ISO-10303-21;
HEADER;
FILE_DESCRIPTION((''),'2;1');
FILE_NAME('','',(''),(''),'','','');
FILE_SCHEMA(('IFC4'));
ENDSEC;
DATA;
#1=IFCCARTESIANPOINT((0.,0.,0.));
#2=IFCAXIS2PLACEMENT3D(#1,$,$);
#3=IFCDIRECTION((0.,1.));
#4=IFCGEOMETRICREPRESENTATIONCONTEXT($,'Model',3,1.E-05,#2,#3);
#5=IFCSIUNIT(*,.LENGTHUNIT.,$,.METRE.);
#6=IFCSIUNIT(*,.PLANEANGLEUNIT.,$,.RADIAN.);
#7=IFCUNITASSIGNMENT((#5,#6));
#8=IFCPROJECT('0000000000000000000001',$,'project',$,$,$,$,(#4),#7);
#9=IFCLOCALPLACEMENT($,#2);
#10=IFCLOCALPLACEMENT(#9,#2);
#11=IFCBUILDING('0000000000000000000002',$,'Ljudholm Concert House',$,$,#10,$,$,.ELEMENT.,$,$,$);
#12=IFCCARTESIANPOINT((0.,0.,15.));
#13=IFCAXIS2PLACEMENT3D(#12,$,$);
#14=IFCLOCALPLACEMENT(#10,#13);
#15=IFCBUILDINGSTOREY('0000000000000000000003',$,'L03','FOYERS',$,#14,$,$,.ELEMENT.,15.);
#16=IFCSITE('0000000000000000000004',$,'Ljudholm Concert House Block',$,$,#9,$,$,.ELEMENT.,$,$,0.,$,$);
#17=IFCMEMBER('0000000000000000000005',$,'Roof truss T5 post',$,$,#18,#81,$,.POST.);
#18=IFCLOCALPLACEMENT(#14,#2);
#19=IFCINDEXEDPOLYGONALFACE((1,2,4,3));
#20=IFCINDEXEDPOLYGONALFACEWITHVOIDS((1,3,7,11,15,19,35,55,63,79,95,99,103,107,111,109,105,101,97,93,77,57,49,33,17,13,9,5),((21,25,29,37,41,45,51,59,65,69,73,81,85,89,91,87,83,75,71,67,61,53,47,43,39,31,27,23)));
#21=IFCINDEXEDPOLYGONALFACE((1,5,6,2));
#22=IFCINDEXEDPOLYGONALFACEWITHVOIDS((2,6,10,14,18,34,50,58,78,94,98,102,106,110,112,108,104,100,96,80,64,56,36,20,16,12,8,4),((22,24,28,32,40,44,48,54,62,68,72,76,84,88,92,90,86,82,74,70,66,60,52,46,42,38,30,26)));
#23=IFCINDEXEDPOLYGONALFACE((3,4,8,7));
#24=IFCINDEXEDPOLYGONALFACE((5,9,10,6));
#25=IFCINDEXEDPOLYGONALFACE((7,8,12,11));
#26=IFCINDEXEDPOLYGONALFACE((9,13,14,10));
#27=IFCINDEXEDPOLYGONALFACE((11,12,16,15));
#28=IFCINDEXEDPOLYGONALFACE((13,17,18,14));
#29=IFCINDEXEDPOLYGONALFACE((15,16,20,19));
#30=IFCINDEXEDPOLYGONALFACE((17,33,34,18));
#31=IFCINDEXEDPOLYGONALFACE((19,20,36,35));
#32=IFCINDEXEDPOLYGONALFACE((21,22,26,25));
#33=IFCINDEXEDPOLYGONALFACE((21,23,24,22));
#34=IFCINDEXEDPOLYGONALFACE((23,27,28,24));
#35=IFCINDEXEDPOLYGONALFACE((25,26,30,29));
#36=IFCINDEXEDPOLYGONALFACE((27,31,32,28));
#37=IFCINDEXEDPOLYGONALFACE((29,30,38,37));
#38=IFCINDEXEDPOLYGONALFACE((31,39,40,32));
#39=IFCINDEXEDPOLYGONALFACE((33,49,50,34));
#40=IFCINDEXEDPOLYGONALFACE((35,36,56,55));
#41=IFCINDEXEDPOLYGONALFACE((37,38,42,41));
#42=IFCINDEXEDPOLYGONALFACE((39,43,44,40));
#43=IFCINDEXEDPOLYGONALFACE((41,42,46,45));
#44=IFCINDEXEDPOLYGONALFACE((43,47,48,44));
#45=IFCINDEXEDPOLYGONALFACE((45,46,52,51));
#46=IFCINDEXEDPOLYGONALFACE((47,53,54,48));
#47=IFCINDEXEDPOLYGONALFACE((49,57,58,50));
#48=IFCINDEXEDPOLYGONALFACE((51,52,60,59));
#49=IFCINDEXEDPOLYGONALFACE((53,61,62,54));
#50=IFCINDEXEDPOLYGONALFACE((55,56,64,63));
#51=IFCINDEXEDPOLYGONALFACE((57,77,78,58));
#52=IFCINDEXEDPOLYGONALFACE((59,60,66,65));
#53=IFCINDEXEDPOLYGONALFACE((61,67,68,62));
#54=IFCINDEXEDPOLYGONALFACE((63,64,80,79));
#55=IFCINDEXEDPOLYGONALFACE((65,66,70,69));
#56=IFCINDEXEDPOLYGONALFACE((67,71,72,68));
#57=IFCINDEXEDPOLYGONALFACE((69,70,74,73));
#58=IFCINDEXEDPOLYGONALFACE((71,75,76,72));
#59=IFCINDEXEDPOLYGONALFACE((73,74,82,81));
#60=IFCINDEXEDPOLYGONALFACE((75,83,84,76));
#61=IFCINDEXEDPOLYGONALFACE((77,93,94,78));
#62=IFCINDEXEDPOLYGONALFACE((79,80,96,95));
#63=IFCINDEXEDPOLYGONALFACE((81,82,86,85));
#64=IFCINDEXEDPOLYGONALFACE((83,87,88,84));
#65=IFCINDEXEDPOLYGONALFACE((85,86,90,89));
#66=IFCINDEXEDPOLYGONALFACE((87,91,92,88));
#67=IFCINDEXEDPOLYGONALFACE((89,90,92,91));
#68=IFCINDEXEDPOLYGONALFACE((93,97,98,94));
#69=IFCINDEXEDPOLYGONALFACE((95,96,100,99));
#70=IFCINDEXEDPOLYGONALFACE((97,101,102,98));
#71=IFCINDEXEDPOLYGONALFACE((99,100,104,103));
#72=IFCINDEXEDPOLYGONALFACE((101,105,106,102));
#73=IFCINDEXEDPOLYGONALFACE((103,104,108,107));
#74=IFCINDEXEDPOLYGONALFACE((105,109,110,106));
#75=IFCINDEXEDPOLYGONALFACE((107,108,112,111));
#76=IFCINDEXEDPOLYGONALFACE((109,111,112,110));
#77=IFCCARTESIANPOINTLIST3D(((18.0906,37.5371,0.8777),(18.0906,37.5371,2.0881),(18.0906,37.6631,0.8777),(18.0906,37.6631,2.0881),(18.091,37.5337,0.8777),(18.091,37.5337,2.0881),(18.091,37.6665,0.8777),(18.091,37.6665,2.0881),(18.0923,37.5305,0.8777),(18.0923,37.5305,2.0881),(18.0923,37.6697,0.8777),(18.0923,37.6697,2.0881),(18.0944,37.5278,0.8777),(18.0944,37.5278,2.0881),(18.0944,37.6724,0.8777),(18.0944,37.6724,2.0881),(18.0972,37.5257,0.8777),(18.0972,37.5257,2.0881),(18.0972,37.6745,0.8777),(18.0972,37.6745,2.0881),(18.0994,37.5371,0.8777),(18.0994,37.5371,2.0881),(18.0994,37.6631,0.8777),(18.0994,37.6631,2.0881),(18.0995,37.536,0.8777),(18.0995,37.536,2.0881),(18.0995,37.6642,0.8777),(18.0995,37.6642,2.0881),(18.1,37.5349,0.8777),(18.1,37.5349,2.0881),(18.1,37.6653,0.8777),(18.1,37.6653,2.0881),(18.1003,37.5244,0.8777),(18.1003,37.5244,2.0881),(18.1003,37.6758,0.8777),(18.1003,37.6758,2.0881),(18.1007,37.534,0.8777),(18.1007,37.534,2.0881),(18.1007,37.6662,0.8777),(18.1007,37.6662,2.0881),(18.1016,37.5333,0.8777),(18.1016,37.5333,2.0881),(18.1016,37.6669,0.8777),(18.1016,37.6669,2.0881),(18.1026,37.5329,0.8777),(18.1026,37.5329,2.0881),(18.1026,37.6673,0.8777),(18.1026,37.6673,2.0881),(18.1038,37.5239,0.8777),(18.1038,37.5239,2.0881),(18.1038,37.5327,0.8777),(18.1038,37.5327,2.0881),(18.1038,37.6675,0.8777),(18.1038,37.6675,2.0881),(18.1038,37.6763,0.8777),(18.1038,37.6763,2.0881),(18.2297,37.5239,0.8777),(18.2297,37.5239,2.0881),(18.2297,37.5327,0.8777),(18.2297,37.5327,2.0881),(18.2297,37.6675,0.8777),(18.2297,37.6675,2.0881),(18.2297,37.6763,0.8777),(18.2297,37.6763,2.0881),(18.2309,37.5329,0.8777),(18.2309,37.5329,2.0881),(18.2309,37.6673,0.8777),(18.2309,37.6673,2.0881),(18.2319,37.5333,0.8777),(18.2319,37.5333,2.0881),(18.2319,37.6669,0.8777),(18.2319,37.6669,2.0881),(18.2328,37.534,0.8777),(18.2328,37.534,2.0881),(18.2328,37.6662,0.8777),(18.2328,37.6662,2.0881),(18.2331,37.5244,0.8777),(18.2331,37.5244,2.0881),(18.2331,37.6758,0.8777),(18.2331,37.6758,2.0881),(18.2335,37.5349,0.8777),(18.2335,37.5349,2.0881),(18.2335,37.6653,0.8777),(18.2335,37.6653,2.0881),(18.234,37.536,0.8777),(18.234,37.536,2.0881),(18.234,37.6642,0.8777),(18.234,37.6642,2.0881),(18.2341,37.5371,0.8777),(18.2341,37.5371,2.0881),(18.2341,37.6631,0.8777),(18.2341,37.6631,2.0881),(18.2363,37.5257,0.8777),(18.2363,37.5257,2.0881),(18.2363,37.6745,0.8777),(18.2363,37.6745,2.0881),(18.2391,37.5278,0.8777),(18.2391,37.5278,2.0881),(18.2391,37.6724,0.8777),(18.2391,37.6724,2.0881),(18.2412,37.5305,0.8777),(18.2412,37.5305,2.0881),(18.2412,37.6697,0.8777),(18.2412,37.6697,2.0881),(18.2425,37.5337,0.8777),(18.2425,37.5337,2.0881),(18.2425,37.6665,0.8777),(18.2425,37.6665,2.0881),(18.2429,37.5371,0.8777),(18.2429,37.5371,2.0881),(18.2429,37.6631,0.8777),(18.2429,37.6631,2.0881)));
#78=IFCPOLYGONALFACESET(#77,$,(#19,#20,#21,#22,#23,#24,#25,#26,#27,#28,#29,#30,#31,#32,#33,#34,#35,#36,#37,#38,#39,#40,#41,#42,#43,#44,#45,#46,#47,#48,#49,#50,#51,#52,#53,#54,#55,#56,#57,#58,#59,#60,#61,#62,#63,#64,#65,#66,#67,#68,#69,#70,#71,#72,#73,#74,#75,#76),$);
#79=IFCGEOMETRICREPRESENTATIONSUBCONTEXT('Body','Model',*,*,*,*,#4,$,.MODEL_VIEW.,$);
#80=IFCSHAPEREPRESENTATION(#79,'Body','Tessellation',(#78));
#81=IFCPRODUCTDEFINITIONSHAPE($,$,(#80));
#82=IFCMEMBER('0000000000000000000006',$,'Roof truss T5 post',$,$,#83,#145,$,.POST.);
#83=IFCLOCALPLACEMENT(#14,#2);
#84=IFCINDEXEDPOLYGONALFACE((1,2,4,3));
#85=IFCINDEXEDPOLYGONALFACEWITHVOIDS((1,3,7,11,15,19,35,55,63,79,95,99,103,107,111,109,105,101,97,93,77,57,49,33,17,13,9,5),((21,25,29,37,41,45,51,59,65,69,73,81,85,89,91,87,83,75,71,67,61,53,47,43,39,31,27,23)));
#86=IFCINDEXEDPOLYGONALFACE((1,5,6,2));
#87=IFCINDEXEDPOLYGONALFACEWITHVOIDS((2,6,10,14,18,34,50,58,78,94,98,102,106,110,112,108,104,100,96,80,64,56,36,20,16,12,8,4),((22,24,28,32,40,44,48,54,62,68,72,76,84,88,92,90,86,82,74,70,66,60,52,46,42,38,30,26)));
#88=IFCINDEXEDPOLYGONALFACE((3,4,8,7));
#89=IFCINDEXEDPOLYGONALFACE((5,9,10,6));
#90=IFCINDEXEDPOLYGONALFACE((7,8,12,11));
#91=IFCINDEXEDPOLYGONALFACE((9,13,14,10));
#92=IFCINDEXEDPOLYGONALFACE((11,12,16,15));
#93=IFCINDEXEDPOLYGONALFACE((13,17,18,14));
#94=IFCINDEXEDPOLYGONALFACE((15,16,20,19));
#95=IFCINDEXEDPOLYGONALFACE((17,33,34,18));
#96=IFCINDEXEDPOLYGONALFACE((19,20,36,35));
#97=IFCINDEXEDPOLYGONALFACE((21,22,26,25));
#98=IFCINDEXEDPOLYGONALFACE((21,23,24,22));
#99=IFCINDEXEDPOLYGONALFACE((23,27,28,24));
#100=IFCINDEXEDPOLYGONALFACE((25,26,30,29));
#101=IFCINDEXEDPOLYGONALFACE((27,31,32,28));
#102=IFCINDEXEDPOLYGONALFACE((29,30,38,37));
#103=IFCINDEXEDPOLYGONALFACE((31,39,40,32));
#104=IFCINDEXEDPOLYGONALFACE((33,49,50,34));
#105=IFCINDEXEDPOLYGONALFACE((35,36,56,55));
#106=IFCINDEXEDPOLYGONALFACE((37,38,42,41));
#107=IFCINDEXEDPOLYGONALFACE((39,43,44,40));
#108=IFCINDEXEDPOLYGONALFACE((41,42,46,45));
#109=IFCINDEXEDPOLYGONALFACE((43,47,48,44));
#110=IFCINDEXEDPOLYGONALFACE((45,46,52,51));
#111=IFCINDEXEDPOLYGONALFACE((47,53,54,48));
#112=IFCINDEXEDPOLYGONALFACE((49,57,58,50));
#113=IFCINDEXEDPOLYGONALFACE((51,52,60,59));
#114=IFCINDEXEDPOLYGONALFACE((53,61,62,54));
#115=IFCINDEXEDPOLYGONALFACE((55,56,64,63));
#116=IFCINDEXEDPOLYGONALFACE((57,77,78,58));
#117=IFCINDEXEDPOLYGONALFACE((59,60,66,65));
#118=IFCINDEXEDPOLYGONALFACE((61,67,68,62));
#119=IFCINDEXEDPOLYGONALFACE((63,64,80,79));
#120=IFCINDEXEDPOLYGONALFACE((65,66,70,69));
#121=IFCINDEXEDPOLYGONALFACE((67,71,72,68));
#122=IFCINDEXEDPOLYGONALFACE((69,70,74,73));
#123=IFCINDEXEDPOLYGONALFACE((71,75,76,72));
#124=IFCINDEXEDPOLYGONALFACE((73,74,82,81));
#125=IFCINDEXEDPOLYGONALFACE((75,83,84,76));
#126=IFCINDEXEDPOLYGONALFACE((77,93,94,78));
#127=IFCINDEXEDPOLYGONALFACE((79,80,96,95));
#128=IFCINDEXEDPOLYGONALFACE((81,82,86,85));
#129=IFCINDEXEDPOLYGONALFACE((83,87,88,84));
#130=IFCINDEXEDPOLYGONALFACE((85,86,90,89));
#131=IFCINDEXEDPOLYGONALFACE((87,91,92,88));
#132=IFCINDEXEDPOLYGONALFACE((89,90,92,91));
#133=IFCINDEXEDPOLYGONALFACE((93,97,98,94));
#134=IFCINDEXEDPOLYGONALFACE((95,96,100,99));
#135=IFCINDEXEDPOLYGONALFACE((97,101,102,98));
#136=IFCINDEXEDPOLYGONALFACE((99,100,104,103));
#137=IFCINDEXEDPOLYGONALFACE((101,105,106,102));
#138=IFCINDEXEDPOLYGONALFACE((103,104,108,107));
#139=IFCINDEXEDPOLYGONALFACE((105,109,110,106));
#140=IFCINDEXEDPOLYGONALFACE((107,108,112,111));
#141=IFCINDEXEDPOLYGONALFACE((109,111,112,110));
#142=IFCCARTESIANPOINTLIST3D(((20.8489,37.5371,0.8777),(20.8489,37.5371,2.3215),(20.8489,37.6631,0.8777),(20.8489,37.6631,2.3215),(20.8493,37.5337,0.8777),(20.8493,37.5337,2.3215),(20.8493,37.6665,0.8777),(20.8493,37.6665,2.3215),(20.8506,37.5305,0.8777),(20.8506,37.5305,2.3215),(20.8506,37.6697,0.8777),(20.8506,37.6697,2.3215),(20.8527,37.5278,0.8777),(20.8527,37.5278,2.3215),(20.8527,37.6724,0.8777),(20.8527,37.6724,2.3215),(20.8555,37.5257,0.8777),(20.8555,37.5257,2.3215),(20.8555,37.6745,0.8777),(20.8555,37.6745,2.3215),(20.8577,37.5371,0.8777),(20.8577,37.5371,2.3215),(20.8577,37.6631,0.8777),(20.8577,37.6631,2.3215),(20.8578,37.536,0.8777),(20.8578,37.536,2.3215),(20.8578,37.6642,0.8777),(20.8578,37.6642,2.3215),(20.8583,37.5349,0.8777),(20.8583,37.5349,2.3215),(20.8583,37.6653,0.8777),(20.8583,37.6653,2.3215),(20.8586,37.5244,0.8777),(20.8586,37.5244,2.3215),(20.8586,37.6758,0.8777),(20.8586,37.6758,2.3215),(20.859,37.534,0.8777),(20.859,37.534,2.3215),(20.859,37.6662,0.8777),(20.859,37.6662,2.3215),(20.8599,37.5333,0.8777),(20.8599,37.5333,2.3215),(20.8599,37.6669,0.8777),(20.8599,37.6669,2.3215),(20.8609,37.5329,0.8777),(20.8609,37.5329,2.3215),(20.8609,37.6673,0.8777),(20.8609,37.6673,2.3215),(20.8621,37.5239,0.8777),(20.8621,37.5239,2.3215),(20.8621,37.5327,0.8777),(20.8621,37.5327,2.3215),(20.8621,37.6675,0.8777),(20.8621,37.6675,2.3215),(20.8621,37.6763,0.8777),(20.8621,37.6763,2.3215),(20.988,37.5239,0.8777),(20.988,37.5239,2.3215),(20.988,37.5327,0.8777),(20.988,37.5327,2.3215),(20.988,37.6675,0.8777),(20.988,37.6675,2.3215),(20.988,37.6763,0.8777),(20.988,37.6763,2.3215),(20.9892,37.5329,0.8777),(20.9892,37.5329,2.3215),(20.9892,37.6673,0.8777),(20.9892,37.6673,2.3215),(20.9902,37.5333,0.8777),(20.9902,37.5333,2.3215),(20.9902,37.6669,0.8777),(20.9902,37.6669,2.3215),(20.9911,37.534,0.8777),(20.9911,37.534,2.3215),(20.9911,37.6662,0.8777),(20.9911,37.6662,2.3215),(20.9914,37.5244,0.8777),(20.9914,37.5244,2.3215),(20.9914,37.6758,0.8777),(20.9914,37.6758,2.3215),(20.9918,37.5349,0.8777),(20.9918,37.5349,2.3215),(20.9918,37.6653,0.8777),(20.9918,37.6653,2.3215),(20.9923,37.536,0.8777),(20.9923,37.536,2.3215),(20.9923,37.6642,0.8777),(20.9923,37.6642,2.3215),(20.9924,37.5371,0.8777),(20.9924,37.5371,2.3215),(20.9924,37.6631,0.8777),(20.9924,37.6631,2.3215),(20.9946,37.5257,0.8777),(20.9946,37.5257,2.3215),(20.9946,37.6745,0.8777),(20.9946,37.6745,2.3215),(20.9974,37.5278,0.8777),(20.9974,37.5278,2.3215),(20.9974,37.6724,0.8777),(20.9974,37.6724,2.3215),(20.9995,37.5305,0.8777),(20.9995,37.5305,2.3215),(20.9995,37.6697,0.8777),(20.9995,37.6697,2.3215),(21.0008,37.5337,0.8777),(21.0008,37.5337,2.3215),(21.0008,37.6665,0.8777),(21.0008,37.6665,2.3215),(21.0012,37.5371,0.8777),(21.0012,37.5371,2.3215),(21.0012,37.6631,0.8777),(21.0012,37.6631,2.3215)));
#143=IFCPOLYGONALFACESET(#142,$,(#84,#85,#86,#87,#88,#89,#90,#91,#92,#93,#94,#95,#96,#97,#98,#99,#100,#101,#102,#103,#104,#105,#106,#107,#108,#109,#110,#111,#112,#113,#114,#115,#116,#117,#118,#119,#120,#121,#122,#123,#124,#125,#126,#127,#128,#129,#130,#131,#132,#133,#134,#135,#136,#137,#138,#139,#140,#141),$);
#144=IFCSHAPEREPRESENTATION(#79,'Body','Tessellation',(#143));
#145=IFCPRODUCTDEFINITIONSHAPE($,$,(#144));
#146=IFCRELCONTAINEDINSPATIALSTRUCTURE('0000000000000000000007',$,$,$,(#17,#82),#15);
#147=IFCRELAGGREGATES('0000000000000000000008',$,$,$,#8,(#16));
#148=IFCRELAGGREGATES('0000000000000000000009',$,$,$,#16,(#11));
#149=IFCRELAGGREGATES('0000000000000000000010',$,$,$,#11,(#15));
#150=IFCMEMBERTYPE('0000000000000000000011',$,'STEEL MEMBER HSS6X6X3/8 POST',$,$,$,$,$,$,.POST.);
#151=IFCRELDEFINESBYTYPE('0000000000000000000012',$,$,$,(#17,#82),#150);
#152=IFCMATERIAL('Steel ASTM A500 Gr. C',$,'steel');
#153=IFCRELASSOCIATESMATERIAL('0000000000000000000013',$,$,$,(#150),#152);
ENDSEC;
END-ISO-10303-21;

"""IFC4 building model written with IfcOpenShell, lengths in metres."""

from ifc_helpers import new_model, si_unit, direction, frame, origin, origin_2d, place, context, subcontext, project, spatial, hollow_rectangle, extrude, material, material_profile, profile_set, type_object, element, save


model = new_model("IFC4")

# Units and contexts
model_context = context("Model", 3, precision=1e-05, world=origin(), true_north=direction((0.0, 1.0)))
body_context = subcontext(model_context, "Body", "Model", "MODEL_VIEW")
ifc_project = project(units=[si_unit("LENGTHUNIT", "METRE"), si_unit("PLANEANGLEUNIT", "RADIAN")], contexts=[model_context])

# Site, building, storey
site_placement = place(None, origin())
site = spatial("IfcSite", under=ifc_project, at=site_placement, Name="Ljudholm Concert House Block", CompositionType="ELEMENT", RefElevation=0.0)
building_placement = place(site_placement, origin())
building = spatial("IfcBuilding", under=site, at=building_placement, Name="Ljudholm Concert House", CompositionType="ELEMENT")
storey_placement = place(building_placement, frame((0.0, 0.0, 15.0)))
storey = spatial("IfcBuildingStorey", under=building, at=storey_placement, Name="L03", Description="FOYERS", CompositionType="ELEMENT", Elevation=15.0)

# Members
ifc_material_1 = material(Name="Steel ASTM A500 Gr. C", Category="steel")
ifc_material_profile_1 = material_profile(ifc_material_1, hollow_rectangle(XDim=0.1523, YDim=0.1523, WallThickness=0.0088, InnerFilletRadius=0.0044, OuterFilletRadius=0.0132, at=origin_2d()), Name="HSS6X6X3/8")
ifc_profile_set_1 = profile_set([ifc_material_profile_1], Name="Steel ASTM A500 Gr. C")
member_type_1 = type_object("IfcMemberType", Name="STEEL MEMBER HSS6X6X3/8 POST", PredefinedType="POST", material=ifc_profile_set_1)
member_1_placement = place(storey_placement, frame((18.1667, 37.6001, 0.8777), z_axis=(0.0, 0.0, 1.0), x_axis=(1.0, 0.0, 0.0)))
element("IfcMember", 1, at=member_1_placement, inside=storey, type_object=member_type_1, Name="Roof truss T5 post", PredefinedType="POST", context=body_context, shape_type="SweptSolid", body=[
    extrude(hollow_rectangle(XDim=0.1523, YDim=0.1523, WallThickness=0.0088, InnerFilletRadius=0.0044, OuterFilletRadius=0.0132, at=origin_2d()), origin(), (0.0, 0.0, 1.0), 1.2104),
])
member_2_placement = place(storey_placement, frame((20.925, 37.6001, 0.8777), z_axis=(0.0, 0.0, 1.0), x_axis=(1.0, 0.0, 0.0)))
element("IfcMember", 2, at=member_2_placement, inside=storey, type_object=member_type_1, Name="Roof truss T5 post", PredefinedType="POST", context=body_context, shape_type="SweptSolid", body=[
    extrude(hollow_rectangle(XDim=0.1523, YDim=0.1523, WallThickness=0.0088, InnerFilletRadius=0.0044, OuterFilletRadius=0.0132, at=origin_2d()), origin(), (0.0, 0.0, 1.0), 1.4438),
])

save(model, "model.ifc")
